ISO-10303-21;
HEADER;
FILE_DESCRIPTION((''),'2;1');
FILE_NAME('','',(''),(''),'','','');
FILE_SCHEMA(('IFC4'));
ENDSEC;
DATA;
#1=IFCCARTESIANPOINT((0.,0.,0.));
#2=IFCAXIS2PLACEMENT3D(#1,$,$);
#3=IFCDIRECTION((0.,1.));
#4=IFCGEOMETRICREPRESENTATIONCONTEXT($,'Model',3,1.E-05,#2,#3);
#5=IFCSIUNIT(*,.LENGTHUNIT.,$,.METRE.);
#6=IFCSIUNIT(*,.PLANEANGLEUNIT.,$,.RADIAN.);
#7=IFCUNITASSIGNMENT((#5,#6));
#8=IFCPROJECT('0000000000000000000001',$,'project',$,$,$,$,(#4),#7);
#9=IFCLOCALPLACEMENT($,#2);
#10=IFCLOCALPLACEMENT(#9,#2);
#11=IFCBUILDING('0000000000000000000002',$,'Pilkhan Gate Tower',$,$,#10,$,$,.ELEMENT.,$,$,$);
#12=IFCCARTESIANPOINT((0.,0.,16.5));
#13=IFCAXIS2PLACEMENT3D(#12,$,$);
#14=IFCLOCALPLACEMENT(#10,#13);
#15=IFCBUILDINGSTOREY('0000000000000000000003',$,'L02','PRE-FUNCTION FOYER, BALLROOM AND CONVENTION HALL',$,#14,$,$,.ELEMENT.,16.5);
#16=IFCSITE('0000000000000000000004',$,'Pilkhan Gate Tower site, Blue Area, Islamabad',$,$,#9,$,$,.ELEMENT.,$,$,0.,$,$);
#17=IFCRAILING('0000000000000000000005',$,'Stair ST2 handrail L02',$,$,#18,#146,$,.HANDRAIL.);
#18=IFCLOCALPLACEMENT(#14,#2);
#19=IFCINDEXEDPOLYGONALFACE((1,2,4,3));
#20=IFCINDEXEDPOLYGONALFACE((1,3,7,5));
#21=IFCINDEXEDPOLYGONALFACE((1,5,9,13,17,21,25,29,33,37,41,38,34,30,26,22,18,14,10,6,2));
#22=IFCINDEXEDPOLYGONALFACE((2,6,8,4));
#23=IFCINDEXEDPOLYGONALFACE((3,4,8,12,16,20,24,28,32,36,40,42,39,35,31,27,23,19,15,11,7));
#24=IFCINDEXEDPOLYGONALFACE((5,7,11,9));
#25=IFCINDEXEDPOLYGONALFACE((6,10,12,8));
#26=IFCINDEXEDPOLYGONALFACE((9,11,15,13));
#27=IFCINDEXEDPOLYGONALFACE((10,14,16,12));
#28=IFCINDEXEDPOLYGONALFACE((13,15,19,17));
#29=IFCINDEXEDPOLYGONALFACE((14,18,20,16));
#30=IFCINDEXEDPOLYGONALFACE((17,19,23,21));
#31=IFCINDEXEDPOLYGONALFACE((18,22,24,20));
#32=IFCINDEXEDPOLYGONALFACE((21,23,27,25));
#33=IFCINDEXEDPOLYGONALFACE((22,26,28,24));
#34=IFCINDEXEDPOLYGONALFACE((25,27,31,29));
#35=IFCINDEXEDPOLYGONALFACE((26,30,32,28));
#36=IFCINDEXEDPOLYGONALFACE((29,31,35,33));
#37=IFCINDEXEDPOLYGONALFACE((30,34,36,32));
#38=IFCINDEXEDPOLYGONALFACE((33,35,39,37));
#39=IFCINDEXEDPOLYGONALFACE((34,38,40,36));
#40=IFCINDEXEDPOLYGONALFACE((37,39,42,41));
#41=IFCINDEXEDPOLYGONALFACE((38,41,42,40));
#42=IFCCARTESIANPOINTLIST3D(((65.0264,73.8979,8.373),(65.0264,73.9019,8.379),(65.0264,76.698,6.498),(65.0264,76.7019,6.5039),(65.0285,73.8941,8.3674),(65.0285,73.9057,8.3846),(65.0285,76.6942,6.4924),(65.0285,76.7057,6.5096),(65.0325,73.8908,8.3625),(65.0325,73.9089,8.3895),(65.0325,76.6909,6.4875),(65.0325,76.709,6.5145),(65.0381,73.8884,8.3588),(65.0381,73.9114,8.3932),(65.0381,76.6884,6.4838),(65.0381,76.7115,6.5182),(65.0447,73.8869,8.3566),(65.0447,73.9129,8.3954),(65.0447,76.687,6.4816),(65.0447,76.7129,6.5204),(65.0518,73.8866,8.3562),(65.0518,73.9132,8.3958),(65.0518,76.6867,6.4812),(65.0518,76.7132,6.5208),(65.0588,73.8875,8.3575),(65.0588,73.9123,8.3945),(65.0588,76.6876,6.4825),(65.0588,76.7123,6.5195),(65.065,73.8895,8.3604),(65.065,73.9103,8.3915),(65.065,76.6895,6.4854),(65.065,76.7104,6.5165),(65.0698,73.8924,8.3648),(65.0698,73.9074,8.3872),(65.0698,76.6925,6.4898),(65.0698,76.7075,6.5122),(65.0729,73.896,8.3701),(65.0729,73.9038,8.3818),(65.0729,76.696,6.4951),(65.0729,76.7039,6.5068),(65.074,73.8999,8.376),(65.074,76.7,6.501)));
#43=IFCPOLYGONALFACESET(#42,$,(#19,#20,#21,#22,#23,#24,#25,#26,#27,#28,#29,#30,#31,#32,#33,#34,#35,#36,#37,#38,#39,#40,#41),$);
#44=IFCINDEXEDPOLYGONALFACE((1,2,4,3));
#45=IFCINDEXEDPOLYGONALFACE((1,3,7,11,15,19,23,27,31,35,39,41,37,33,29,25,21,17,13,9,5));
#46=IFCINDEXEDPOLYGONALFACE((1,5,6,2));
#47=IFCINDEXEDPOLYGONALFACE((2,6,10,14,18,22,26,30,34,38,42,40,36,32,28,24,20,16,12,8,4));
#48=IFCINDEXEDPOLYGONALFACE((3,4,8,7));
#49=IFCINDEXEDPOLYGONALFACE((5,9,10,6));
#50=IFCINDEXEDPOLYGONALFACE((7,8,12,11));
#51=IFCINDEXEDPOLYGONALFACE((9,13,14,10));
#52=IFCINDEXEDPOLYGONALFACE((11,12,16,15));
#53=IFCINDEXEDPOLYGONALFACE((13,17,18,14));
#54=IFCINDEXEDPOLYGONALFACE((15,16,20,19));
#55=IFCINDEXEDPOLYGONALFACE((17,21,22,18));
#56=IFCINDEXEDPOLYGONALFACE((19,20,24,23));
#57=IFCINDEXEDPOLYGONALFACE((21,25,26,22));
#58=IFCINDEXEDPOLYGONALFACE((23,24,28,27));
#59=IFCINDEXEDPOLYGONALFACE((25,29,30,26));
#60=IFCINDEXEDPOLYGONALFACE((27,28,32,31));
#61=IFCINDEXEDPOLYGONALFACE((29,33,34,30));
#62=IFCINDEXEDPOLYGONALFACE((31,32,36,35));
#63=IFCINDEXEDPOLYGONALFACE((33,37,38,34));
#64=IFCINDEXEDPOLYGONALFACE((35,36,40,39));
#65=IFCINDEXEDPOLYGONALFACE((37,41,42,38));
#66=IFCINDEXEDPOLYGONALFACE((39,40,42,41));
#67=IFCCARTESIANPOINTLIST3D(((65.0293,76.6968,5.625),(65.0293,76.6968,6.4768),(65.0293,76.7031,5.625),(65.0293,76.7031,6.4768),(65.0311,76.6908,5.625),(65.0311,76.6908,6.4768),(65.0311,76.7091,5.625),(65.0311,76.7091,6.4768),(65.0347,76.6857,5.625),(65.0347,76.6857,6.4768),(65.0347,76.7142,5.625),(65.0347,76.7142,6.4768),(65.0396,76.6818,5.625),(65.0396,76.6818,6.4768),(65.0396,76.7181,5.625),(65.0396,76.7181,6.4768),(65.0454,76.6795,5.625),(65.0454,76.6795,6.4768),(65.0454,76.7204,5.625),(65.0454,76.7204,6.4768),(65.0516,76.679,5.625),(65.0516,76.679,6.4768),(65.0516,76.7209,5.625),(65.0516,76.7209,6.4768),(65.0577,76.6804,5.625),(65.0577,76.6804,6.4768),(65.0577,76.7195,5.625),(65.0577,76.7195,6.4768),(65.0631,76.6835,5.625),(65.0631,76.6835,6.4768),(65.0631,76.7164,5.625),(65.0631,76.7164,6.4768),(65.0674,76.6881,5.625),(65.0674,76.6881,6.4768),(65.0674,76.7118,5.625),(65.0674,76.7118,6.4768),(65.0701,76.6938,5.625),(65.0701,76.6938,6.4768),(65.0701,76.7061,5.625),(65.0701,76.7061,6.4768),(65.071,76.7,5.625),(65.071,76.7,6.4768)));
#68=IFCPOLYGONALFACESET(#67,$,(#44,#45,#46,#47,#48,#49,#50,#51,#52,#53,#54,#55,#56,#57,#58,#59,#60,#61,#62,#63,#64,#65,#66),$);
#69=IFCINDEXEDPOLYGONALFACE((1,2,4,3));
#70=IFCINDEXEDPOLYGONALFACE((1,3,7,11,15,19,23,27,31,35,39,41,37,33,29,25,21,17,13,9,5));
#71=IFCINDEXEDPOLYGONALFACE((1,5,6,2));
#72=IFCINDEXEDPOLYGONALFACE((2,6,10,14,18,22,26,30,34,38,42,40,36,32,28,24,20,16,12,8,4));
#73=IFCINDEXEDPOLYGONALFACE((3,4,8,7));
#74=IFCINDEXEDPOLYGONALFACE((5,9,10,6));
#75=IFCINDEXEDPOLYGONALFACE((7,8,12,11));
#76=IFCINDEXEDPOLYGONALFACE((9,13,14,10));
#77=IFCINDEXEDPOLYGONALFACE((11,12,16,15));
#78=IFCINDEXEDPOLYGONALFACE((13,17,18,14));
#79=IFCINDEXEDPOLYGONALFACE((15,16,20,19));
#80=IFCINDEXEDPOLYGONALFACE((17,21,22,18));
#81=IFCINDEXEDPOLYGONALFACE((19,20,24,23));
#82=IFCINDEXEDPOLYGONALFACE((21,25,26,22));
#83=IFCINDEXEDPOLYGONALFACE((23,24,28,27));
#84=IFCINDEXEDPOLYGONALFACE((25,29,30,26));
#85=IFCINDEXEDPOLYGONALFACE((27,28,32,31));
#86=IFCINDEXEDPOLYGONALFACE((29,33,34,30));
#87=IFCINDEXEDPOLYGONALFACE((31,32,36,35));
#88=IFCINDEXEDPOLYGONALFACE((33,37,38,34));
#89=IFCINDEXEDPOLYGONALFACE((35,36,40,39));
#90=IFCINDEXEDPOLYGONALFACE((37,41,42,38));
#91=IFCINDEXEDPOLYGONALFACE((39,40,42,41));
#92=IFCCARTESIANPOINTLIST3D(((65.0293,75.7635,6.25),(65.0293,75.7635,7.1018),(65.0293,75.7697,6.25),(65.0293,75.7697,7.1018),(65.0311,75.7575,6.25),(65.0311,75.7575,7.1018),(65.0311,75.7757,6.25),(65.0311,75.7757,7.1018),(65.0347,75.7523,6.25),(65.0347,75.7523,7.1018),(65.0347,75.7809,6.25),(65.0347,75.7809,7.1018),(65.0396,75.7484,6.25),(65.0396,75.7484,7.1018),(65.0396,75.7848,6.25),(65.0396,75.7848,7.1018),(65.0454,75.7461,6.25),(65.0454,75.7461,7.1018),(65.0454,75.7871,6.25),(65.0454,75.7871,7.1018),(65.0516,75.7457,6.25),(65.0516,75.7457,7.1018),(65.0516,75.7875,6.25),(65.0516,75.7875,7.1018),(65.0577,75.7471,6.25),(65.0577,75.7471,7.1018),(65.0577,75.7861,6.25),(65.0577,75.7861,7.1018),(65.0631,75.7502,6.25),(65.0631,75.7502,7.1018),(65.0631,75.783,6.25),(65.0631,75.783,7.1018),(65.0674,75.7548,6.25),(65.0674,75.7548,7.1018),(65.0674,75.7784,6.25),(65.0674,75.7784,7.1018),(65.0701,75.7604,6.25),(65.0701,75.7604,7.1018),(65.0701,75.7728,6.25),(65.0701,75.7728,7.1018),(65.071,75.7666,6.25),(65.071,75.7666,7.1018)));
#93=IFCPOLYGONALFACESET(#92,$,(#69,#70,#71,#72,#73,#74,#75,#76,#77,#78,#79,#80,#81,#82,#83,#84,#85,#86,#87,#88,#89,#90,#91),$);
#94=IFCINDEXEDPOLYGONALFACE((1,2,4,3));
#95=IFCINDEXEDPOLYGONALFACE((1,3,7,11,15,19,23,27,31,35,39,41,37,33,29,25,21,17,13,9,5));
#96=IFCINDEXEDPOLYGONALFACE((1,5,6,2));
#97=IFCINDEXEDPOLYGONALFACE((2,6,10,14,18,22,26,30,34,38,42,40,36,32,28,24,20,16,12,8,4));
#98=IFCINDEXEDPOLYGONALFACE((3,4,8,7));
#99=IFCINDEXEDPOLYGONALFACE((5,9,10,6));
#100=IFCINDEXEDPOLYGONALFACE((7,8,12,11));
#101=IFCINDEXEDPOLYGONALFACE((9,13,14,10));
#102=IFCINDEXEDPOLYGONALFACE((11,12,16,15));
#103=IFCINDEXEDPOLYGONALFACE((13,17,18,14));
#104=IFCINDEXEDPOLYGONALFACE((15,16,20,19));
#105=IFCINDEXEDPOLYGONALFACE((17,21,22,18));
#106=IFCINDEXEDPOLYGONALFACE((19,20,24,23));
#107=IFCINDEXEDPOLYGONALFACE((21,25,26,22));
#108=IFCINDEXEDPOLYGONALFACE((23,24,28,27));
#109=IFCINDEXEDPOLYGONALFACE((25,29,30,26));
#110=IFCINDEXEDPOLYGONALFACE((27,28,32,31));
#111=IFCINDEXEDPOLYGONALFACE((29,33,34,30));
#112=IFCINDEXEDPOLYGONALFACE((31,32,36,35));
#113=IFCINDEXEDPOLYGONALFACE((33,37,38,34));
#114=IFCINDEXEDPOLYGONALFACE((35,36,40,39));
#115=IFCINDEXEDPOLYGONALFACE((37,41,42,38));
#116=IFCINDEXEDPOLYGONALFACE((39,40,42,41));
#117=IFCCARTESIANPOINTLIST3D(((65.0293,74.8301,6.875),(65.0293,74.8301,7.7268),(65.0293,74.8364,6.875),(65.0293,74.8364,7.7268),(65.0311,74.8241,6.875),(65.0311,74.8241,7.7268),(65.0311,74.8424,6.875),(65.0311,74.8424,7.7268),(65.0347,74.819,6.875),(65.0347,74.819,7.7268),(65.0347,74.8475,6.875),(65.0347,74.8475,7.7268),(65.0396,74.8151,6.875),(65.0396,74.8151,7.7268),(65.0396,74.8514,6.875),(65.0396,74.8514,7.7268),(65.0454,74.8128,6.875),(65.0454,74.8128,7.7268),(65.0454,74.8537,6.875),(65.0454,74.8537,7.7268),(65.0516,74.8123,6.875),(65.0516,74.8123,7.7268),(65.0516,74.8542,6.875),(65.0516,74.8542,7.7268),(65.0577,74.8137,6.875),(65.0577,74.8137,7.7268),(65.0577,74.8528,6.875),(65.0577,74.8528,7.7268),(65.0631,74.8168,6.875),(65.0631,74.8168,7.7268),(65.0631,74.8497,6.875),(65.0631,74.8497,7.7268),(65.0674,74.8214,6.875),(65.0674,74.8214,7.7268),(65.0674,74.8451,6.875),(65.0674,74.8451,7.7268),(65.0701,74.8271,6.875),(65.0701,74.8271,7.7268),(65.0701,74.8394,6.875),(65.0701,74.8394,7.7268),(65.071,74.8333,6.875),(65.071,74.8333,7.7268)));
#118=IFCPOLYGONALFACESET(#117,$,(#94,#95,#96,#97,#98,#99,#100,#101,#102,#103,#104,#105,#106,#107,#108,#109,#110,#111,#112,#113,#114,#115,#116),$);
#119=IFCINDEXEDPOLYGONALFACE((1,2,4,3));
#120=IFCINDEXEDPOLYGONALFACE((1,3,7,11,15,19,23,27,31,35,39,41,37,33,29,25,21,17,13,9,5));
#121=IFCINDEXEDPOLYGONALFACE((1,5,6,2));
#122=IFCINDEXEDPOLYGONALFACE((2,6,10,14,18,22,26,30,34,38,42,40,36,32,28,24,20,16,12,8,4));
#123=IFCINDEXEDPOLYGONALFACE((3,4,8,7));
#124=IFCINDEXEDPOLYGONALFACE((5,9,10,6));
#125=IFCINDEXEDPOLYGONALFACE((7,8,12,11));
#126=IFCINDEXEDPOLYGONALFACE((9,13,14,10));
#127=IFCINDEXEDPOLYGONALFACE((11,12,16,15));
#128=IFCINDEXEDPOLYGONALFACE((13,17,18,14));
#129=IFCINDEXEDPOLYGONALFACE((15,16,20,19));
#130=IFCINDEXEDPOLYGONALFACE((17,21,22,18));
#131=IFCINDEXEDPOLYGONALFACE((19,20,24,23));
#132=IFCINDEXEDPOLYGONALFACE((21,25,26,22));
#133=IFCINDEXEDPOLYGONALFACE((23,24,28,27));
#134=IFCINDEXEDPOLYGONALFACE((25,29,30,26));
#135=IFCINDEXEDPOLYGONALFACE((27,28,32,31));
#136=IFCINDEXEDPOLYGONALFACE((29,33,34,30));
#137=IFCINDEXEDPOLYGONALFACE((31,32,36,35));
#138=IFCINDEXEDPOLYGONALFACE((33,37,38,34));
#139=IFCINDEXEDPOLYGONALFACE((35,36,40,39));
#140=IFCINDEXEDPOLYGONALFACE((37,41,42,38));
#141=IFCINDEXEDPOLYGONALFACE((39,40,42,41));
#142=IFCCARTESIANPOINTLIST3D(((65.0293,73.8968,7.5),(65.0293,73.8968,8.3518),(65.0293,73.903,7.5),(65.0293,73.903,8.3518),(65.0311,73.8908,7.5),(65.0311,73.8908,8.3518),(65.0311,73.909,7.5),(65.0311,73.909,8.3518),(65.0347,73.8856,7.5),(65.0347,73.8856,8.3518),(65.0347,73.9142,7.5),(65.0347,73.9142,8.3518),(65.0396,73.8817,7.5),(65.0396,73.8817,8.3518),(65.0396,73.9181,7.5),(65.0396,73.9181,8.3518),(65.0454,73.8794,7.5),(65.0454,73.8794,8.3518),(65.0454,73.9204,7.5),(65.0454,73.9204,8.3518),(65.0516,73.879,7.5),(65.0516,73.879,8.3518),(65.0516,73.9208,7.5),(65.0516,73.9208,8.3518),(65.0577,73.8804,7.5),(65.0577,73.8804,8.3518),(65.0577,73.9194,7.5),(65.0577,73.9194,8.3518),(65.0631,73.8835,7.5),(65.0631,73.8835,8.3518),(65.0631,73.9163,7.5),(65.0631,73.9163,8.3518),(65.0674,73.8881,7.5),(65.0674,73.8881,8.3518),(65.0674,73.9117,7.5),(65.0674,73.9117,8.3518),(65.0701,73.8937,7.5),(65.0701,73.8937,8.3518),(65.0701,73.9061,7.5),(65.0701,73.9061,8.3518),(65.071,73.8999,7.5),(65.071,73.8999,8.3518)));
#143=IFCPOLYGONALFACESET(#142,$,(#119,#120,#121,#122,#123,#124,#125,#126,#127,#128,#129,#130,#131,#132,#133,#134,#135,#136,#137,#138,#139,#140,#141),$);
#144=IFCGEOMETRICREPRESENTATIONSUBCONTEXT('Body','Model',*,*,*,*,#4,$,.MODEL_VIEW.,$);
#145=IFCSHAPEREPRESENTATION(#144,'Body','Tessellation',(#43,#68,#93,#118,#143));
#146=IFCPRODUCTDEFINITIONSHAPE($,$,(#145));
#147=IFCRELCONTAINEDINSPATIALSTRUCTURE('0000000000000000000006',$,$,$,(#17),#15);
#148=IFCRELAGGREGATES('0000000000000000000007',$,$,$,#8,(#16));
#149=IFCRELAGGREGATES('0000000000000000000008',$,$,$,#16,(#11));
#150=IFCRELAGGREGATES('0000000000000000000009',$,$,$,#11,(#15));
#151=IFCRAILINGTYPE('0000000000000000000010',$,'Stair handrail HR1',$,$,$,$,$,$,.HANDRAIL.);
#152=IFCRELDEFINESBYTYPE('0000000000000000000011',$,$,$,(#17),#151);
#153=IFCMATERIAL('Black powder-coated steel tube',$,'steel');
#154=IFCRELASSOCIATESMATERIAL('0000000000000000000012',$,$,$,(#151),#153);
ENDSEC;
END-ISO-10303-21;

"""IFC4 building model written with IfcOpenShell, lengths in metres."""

from ifc_helpers import new_model, si_unit, direction, frame, origin, origin_2d, place, context, subcontext, project, spatial, circle, extrude, material, type_object, element, save


model = new_model("IFC4")

# Units and contexts
model_context = context("Model", 3, precision=1e-05, world=origin(), true_north=direction((0.0, 1.0)))
body_context = subcontext(model_context, "Body", "Model", "MODEL_VIEW")
ifc_project = project(units=[si_unit("LENGTHUNIT", "METRE"), si_unit("PLANEANGLEUNIT", "RADIAN")], contexts=[model_context])

# Site, building, storey
site_placement = place(None, origin())
site = spatial("IfcSite", under=ifc_project, at=site_placement, Name="Pilkhan Gate Tower site, Blue Area, Islamabad", CompositionType="ELEMENT", RefElevation=0.0)
building_placement = place(site_placement, origin())
building = spatial("IfcBuilding", under=site, at=building_placement, Name="Pilkhan Gate Tower", CompositionType="ELEMENT")
storey_placement = place(building_placement, frame((0.0, 0.0, 16.5)))
storey = spatial("IfcBuildingStorey", under=building, at=storey_placement, Name="L02", Description="PRE-FUNCTION FOYER, BALLROOM AND CONVENTION HALL", CompositionType="ELEMENT", Elevation=16.5)

# Railing
ifc_material_1 = material(Name="Black powder-coated steel tube", Category="steel")
railing_type_1 = type_object("IfcRailingType", Name="Stair handrail HR1", PredefinedType="HANDRAIL", material=ifc_material_1)
railing_placement = place(storey_placement, frame((65.05, 76.7, 5.625)))
element("IfcRailing", 1, at=railing_placement, inside=storey, type_object=railing_type_1, Name="Stair ST2 handrail L02", PredefinedType="HANDRAIL", context=body_context, shape_type="SweptSolid", body=[
    extrude(circle(Radius=0.0239, at=origin_2d()), frame((0.0, 0.0, 0.876), z_axis=(0.0, -0.830912, 0.556404), x_axis=(1.0, 0.0, 0.0)), (0.0, 0.0, 1.0), 3.3699),
    extrude(circle(Radius=0.021, at=origin_2d()), origin(), (0.0, 0.0, 1.0), 0.8518),
    extrude(circle(Radius=0.021, at=origin_2d()), frame((0.0, -0.9333, 0.625)), (0.0, 0.0, 1.0), 0.8518),
    extrude(circle(Radius=0.021, at=origin_2d()), frame((0.0, -1.8667, 1.25)), (0.0, 0.0, 1.0), 0.8518),
    extrude(circle(Radius=0.021, at=origin_2d()), frame((0.0, -2.8, 1.875)), (0.0, 0.0, 1.0), 0.8518),
])

save(model, "model.ifc")
